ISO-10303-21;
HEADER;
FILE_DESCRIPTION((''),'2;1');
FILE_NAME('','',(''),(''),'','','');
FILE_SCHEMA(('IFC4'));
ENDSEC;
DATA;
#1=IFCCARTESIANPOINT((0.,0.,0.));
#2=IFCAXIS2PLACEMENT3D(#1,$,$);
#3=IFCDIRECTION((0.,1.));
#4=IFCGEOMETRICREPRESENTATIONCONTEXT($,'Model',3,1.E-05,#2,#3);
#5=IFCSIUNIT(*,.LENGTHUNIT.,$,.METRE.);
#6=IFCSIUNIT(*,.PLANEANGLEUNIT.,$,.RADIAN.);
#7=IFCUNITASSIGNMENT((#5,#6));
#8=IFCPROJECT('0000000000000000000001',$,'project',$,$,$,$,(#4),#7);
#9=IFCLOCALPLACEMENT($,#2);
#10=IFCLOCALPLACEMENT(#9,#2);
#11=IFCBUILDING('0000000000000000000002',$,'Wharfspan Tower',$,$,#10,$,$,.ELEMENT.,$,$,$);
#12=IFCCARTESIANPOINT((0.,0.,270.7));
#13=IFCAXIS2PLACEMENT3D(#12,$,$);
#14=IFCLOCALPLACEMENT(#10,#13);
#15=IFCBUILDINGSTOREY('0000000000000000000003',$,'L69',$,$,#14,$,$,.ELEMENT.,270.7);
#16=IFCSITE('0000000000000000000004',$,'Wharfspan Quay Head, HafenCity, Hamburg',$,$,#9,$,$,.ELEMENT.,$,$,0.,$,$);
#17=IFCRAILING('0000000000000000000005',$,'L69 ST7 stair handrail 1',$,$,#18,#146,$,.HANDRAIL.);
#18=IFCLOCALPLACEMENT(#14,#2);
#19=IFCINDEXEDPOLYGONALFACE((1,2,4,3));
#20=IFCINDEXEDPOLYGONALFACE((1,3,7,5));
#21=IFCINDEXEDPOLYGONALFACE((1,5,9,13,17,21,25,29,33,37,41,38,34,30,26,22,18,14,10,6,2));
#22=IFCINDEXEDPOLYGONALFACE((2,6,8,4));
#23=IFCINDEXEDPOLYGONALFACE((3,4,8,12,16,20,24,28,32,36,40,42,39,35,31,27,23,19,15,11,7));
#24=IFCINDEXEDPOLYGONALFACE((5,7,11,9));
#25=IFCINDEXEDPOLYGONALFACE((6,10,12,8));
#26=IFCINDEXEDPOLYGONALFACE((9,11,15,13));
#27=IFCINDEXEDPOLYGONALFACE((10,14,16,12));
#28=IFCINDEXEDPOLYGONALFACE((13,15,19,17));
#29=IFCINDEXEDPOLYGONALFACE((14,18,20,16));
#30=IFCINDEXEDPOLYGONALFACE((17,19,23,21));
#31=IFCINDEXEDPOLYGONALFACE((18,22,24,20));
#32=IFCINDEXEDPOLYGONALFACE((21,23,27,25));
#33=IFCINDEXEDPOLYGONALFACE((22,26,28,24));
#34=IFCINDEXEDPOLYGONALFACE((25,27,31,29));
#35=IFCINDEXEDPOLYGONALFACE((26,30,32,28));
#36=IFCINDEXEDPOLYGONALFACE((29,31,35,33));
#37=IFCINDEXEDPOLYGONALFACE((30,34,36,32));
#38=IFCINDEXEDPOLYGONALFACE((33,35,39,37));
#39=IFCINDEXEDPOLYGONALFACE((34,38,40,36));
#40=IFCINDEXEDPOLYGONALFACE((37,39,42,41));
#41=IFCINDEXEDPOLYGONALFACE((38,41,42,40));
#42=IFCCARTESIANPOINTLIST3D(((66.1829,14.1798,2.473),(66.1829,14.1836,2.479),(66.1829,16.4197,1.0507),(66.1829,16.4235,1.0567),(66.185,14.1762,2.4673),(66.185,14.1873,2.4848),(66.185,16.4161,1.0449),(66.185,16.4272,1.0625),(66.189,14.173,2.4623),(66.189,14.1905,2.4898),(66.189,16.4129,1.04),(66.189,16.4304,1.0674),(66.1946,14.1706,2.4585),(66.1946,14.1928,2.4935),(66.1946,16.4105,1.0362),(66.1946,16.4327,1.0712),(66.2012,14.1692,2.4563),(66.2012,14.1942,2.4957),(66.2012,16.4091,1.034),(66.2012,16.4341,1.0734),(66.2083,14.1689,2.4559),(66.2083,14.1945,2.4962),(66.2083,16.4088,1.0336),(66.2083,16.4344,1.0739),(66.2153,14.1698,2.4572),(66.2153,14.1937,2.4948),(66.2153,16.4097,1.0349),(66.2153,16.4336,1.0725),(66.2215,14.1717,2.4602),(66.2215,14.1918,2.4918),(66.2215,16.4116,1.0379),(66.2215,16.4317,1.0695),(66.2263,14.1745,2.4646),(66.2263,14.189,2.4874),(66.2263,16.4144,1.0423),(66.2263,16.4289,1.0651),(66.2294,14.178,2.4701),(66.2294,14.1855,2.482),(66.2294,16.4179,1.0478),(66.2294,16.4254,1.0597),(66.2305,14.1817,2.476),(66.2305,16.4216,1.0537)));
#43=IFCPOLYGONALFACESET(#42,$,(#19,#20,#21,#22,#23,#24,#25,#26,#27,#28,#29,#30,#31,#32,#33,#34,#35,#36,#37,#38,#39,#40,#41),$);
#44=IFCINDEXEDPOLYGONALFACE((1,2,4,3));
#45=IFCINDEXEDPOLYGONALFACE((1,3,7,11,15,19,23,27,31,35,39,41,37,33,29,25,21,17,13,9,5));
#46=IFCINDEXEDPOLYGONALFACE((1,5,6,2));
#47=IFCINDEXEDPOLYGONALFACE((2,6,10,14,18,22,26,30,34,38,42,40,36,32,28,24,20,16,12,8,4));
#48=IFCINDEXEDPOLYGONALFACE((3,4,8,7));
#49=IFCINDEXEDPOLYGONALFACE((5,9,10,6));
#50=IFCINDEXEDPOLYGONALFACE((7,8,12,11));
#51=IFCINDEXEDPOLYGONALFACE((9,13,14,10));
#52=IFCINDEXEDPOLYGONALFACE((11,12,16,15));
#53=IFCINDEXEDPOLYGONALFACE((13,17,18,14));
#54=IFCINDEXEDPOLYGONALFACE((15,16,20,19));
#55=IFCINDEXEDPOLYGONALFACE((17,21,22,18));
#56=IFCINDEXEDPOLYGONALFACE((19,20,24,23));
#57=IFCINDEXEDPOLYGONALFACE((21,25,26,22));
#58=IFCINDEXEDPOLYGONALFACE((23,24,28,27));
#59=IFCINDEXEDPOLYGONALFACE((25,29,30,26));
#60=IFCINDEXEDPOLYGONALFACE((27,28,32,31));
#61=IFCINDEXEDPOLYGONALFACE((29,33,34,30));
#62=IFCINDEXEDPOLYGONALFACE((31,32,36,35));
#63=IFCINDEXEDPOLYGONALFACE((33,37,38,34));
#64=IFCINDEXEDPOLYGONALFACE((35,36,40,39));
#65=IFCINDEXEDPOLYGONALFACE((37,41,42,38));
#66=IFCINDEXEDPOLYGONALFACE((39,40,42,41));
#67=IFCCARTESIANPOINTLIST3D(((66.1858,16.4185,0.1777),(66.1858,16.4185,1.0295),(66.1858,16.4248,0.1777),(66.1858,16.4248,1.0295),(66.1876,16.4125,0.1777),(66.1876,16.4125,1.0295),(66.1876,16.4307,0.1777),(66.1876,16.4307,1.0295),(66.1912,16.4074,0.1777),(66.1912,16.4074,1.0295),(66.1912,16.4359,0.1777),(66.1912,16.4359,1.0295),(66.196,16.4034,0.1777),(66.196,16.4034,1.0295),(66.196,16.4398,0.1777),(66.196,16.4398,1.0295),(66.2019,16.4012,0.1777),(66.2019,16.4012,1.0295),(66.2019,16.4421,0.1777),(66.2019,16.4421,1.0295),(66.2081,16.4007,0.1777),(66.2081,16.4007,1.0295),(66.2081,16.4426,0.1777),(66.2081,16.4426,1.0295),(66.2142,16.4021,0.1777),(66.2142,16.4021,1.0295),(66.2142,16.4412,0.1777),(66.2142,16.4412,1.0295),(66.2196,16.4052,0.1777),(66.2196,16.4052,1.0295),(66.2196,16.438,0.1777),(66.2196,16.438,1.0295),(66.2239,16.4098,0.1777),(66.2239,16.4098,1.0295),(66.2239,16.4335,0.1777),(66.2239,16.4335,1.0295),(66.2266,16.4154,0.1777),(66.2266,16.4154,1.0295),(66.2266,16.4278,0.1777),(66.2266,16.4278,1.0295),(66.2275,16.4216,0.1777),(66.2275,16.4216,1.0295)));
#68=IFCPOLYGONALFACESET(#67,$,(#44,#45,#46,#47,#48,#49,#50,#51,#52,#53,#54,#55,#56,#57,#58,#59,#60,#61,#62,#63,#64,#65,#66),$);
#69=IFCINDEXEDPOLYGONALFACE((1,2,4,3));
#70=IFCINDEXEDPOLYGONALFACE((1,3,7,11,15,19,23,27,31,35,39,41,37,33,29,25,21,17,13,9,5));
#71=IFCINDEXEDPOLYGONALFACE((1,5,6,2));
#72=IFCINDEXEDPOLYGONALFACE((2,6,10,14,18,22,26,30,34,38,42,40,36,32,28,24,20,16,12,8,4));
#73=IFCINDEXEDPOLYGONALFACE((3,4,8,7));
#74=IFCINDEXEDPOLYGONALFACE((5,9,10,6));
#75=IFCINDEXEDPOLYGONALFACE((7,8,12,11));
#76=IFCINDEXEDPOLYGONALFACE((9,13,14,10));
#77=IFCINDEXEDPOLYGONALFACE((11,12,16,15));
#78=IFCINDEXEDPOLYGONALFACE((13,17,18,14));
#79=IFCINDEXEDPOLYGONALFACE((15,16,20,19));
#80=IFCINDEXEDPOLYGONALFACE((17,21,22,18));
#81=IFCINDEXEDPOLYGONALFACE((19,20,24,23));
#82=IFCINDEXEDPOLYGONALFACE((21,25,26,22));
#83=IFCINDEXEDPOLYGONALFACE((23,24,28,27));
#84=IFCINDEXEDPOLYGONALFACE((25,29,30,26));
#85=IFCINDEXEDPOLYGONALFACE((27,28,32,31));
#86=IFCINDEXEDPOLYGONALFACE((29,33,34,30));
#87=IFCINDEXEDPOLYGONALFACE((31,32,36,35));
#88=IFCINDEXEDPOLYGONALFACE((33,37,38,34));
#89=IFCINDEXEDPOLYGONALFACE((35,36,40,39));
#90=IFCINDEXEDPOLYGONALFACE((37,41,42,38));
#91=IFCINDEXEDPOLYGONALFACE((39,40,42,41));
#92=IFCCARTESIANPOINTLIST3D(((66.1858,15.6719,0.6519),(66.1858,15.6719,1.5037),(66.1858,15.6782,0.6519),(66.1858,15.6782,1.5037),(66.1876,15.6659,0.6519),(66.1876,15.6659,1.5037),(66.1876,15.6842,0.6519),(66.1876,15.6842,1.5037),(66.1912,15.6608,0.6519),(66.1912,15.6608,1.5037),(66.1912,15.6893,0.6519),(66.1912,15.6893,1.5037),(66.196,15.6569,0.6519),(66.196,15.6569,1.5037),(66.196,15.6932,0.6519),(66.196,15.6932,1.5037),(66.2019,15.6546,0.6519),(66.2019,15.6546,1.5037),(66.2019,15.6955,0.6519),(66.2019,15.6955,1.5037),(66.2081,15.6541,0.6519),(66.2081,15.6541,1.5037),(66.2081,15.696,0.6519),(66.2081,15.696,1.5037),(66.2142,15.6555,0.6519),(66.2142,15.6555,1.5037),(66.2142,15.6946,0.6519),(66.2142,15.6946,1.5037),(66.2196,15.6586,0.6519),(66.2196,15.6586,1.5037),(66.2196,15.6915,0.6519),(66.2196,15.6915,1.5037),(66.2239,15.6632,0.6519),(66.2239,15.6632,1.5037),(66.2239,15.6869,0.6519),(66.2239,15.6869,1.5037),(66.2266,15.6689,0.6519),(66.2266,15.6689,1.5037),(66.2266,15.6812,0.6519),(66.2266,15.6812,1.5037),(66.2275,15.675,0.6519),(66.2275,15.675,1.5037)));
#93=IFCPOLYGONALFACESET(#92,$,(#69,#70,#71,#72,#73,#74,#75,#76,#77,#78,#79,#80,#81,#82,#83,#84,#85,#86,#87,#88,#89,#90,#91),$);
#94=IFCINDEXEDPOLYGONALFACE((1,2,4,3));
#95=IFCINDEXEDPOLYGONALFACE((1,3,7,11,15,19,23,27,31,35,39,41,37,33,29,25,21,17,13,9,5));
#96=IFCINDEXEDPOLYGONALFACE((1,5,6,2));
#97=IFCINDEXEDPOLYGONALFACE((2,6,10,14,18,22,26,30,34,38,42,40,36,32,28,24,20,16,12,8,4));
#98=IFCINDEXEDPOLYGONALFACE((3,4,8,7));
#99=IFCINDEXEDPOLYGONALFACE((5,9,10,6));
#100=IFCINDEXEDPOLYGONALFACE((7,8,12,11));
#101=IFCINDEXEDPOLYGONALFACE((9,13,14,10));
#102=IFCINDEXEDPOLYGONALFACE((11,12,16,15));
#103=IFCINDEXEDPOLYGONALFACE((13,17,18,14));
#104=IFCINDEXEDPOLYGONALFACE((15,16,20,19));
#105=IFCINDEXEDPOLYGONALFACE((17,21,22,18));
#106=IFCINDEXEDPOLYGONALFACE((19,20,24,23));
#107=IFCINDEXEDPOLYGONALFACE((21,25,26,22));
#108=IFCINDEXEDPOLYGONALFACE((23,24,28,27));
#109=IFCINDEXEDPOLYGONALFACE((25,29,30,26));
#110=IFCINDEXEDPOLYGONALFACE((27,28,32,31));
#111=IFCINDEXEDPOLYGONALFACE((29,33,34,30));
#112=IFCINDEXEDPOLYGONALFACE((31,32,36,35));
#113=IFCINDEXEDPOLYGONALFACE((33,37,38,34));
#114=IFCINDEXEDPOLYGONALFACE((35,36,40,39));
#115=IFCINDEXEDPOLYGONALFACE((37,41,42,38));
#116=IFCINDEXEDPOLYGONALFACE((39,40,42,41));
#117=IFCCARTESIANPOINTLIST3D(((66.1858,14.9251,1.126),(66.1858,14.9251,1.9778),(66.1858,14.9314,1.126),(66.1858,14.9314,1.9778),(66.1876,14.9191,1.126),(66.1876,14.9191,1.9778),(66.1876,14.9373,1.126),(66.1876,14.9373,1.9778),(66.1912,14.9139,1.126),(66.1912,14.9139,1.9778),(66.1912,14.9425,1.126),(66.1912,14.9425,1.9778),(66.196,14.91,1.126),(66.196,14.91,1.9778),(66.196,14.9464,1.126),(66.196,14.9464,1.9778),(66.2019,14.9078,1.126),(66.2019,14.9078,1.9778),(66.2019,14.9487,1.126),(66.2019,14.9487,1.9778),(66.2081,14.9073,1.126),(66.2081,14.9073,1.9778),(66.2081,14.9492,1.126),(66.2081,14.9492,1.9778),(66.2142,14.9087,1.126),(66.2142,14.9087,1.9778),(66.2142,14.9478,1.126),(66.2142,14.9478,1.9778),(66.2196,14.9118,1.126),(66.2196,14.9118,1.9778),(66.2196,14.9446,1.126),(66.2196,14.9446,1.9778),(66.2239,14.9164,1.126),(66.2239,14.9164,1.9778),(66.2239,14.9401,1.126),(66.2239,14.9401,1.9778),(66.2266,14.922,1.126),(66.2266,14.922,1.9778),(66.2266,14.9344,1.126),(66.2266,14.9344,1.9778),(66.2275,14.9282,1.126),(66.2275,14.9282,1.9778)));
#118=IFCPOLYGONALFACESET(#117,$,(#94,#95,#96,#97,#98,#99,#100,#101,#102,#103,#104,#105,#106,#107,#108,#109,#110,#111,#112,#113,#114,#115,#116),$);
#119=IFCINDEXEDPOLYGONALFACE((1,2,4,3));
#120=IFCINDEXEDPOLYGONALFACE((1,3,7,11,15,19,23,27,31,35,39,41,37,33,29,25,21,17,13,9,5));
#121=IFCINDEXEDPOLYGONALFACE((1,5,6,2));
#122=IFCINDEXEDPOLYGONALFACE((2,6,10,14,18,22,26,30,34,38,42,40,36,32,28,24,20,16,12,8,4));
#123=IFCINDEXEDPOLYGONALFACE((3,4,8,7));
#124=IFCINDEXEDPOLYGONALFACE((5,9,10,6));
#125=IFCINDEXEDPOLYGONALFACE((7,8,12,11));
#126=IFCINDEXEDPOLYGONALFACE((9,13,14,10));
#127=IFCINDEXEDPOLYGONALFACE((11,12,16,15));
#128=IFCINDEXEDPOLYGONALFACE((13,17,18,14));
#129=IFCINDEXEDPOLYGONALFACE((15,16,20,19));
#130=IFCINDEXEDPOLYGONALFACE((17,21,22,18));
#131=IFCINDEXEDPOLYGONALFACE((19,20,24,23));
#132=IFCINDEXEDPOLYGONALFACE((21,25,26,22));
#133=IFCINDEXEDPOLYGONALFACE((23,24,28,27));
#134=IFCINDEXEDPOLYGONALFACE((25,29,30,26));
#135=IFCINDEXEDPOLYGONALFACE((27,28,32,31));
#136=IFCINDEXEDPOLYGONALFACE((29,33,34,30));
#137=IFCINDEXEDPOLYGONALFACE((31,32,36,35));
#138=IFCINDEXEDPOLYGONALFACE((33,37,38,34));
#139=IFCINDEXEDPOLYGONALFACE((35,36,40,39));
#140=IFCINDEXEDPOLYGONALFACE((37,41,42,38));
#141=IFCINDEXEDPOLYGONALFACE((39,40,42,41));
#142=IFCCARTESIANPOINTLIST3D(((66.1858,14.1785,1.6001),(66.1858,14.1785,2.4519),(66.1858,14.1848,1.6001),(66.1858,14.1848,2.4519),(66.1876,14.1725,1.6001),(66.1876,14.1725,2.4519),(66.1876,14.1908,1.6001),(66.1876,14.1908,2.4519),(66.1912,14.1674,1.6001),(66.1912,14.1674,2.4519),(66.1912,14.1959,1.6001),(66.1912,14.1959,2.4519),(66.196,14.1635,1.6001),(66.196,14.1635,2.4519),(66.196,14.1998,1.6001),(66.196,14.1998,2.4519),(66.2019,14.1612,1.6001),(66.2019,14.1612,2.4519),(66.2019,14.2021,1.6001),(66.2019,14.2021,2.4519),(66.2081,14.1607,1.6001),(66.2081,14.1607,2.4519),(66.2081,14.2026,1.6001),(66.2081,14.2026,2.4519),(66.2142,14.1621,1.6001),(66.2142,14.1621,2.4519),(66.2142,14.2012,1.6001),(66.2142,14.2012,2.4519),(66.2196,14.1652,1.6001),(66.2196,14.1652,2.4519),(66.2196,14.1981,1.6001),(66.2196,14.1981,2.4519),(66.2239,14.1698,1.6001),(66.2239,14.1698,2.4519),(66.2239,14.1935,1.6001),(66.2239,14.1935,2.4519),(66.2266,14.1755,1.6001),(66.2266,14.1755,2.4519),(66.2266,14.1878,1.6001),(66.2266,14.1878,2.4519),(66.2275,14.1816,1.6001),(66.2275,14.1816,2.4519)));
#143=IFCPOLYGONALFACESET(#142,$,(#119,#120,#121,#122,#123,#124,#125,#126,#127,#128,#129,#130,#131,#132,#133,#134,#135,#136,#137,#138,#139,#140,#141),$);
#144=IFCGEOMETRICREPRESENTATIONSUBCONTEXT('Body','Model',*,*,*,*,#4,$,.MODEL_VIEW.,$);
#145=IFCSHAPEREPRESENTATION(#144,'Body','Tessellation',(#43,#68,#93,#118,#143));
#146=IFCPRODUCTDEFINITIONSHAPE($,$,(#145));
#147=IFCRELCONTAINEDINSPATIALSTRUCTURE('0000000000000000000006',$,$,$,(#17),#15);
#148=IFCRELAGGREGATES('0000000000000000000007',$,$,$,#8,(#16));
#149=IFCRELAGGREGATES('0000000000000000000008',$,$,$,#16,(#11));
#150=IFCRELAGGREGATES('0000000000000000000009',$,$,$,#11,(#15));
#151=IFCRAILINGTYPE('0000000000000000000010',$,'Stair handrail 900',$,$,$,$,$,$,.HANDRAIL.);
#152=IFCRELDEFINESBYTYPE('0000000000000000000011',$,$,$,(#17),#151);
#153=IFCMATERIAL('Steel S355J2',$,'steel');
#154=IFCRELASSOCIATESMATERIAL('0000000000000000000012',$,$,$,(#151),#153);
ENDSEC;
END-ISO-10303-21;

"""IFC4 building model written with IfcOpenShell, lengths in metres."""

from ifc_helpers import new_model, si_unit, direction, frame, origin, origin_2d, place, context, subcontext, project, spatial, circle, extrude, material, type_object, element, save


model = new_model("IFC4")

# Units and contexts
model_context = context("Model", 3, precision=1e-05, world=origin(), true_north=direction((0.0, 1.0)))
body_context = subcontext(model_context, "Body", "Model", "MODEL_VIEW")
ifc_project = project(units=[si_unit("LENGTHUNIT", "METRE"), si_unit("PLANEANGLEUNIT", "RADIAN")], contexts=[model_context])

# Site, building, storey
site_placement = place(None, origin())
site = spatial("IfcSite", under=ifc_project, at=site_placement, Name="Wharfspan Quay Head, HafenCity, Hamburg", CompositionType="ELEMENT", RefElevation=0.0)
building_placement = place(site_placement, origin())
building = spatial("IfcBuilding", under=site, at=building_placement, Name="Wharfspan Tower", CompositionType="ELEMENT")
storey_placement = place(building_placement, frame((0.0, 0.0, 270.7)))
storey = spatial("IfcBuildingStorey", under=building, at=storey_placement, Name="L69", CompositionType="ELEMENT", Elevation=270.7)

# Shared definitions
ifc_material_1 = material(Name="Steel S355J2", Category="steel")

# Railing
railing_type_1 = type_object("IfcRailingType", Name="Stair handrail 900", PredefinedType="HANDRAIL", material=ifc_material_1)
railing_1_placement = place(storey_placement, frame((66.2065, 16.4216, 0.1777)))
element("IfcRailing", 1, at=railing_1_placement, inside=storey, type_object=railing_type_1, Name="L69 ST7 stair handrail 1", PredefinedType="HANDRAIL", context=body_context, shape_type="SweptSolid", body=[
    extrude(circle(Radius=0.0239, at=origin_2d()), frame((0.0, 0.0, 0.876), z_axis=(0.0, -0.844188, 0.536048), x_axis=(1.0, 0.0, 0.0)), (0.0, 0.0, 1.0), 2.6533),
    extrude(circle(Radius=0.021, at=origin_2d()), origin(), (0.0, 0.0, 1.0), 0.8518),
    extrude(circle(Radius=0.021, at=origin_2d()), frame((0.0, -0.7466, 0.4741)), (0.0, 0.0, 1.0), 0.8518),
    extrude(circle(Radius=0.021, at=origin_2d()), frame((0.0, -1.4934, 0.9482)), (0.0, 0.0, 1.0), 0.8518),
    extrude(circle(Radius=0.021, at=origin_2d()), frame((0.0, -2.24, 1.4224)), (0.0, 0.0, 1.0), 0.8518),
])

save(model, "model.ifc")
